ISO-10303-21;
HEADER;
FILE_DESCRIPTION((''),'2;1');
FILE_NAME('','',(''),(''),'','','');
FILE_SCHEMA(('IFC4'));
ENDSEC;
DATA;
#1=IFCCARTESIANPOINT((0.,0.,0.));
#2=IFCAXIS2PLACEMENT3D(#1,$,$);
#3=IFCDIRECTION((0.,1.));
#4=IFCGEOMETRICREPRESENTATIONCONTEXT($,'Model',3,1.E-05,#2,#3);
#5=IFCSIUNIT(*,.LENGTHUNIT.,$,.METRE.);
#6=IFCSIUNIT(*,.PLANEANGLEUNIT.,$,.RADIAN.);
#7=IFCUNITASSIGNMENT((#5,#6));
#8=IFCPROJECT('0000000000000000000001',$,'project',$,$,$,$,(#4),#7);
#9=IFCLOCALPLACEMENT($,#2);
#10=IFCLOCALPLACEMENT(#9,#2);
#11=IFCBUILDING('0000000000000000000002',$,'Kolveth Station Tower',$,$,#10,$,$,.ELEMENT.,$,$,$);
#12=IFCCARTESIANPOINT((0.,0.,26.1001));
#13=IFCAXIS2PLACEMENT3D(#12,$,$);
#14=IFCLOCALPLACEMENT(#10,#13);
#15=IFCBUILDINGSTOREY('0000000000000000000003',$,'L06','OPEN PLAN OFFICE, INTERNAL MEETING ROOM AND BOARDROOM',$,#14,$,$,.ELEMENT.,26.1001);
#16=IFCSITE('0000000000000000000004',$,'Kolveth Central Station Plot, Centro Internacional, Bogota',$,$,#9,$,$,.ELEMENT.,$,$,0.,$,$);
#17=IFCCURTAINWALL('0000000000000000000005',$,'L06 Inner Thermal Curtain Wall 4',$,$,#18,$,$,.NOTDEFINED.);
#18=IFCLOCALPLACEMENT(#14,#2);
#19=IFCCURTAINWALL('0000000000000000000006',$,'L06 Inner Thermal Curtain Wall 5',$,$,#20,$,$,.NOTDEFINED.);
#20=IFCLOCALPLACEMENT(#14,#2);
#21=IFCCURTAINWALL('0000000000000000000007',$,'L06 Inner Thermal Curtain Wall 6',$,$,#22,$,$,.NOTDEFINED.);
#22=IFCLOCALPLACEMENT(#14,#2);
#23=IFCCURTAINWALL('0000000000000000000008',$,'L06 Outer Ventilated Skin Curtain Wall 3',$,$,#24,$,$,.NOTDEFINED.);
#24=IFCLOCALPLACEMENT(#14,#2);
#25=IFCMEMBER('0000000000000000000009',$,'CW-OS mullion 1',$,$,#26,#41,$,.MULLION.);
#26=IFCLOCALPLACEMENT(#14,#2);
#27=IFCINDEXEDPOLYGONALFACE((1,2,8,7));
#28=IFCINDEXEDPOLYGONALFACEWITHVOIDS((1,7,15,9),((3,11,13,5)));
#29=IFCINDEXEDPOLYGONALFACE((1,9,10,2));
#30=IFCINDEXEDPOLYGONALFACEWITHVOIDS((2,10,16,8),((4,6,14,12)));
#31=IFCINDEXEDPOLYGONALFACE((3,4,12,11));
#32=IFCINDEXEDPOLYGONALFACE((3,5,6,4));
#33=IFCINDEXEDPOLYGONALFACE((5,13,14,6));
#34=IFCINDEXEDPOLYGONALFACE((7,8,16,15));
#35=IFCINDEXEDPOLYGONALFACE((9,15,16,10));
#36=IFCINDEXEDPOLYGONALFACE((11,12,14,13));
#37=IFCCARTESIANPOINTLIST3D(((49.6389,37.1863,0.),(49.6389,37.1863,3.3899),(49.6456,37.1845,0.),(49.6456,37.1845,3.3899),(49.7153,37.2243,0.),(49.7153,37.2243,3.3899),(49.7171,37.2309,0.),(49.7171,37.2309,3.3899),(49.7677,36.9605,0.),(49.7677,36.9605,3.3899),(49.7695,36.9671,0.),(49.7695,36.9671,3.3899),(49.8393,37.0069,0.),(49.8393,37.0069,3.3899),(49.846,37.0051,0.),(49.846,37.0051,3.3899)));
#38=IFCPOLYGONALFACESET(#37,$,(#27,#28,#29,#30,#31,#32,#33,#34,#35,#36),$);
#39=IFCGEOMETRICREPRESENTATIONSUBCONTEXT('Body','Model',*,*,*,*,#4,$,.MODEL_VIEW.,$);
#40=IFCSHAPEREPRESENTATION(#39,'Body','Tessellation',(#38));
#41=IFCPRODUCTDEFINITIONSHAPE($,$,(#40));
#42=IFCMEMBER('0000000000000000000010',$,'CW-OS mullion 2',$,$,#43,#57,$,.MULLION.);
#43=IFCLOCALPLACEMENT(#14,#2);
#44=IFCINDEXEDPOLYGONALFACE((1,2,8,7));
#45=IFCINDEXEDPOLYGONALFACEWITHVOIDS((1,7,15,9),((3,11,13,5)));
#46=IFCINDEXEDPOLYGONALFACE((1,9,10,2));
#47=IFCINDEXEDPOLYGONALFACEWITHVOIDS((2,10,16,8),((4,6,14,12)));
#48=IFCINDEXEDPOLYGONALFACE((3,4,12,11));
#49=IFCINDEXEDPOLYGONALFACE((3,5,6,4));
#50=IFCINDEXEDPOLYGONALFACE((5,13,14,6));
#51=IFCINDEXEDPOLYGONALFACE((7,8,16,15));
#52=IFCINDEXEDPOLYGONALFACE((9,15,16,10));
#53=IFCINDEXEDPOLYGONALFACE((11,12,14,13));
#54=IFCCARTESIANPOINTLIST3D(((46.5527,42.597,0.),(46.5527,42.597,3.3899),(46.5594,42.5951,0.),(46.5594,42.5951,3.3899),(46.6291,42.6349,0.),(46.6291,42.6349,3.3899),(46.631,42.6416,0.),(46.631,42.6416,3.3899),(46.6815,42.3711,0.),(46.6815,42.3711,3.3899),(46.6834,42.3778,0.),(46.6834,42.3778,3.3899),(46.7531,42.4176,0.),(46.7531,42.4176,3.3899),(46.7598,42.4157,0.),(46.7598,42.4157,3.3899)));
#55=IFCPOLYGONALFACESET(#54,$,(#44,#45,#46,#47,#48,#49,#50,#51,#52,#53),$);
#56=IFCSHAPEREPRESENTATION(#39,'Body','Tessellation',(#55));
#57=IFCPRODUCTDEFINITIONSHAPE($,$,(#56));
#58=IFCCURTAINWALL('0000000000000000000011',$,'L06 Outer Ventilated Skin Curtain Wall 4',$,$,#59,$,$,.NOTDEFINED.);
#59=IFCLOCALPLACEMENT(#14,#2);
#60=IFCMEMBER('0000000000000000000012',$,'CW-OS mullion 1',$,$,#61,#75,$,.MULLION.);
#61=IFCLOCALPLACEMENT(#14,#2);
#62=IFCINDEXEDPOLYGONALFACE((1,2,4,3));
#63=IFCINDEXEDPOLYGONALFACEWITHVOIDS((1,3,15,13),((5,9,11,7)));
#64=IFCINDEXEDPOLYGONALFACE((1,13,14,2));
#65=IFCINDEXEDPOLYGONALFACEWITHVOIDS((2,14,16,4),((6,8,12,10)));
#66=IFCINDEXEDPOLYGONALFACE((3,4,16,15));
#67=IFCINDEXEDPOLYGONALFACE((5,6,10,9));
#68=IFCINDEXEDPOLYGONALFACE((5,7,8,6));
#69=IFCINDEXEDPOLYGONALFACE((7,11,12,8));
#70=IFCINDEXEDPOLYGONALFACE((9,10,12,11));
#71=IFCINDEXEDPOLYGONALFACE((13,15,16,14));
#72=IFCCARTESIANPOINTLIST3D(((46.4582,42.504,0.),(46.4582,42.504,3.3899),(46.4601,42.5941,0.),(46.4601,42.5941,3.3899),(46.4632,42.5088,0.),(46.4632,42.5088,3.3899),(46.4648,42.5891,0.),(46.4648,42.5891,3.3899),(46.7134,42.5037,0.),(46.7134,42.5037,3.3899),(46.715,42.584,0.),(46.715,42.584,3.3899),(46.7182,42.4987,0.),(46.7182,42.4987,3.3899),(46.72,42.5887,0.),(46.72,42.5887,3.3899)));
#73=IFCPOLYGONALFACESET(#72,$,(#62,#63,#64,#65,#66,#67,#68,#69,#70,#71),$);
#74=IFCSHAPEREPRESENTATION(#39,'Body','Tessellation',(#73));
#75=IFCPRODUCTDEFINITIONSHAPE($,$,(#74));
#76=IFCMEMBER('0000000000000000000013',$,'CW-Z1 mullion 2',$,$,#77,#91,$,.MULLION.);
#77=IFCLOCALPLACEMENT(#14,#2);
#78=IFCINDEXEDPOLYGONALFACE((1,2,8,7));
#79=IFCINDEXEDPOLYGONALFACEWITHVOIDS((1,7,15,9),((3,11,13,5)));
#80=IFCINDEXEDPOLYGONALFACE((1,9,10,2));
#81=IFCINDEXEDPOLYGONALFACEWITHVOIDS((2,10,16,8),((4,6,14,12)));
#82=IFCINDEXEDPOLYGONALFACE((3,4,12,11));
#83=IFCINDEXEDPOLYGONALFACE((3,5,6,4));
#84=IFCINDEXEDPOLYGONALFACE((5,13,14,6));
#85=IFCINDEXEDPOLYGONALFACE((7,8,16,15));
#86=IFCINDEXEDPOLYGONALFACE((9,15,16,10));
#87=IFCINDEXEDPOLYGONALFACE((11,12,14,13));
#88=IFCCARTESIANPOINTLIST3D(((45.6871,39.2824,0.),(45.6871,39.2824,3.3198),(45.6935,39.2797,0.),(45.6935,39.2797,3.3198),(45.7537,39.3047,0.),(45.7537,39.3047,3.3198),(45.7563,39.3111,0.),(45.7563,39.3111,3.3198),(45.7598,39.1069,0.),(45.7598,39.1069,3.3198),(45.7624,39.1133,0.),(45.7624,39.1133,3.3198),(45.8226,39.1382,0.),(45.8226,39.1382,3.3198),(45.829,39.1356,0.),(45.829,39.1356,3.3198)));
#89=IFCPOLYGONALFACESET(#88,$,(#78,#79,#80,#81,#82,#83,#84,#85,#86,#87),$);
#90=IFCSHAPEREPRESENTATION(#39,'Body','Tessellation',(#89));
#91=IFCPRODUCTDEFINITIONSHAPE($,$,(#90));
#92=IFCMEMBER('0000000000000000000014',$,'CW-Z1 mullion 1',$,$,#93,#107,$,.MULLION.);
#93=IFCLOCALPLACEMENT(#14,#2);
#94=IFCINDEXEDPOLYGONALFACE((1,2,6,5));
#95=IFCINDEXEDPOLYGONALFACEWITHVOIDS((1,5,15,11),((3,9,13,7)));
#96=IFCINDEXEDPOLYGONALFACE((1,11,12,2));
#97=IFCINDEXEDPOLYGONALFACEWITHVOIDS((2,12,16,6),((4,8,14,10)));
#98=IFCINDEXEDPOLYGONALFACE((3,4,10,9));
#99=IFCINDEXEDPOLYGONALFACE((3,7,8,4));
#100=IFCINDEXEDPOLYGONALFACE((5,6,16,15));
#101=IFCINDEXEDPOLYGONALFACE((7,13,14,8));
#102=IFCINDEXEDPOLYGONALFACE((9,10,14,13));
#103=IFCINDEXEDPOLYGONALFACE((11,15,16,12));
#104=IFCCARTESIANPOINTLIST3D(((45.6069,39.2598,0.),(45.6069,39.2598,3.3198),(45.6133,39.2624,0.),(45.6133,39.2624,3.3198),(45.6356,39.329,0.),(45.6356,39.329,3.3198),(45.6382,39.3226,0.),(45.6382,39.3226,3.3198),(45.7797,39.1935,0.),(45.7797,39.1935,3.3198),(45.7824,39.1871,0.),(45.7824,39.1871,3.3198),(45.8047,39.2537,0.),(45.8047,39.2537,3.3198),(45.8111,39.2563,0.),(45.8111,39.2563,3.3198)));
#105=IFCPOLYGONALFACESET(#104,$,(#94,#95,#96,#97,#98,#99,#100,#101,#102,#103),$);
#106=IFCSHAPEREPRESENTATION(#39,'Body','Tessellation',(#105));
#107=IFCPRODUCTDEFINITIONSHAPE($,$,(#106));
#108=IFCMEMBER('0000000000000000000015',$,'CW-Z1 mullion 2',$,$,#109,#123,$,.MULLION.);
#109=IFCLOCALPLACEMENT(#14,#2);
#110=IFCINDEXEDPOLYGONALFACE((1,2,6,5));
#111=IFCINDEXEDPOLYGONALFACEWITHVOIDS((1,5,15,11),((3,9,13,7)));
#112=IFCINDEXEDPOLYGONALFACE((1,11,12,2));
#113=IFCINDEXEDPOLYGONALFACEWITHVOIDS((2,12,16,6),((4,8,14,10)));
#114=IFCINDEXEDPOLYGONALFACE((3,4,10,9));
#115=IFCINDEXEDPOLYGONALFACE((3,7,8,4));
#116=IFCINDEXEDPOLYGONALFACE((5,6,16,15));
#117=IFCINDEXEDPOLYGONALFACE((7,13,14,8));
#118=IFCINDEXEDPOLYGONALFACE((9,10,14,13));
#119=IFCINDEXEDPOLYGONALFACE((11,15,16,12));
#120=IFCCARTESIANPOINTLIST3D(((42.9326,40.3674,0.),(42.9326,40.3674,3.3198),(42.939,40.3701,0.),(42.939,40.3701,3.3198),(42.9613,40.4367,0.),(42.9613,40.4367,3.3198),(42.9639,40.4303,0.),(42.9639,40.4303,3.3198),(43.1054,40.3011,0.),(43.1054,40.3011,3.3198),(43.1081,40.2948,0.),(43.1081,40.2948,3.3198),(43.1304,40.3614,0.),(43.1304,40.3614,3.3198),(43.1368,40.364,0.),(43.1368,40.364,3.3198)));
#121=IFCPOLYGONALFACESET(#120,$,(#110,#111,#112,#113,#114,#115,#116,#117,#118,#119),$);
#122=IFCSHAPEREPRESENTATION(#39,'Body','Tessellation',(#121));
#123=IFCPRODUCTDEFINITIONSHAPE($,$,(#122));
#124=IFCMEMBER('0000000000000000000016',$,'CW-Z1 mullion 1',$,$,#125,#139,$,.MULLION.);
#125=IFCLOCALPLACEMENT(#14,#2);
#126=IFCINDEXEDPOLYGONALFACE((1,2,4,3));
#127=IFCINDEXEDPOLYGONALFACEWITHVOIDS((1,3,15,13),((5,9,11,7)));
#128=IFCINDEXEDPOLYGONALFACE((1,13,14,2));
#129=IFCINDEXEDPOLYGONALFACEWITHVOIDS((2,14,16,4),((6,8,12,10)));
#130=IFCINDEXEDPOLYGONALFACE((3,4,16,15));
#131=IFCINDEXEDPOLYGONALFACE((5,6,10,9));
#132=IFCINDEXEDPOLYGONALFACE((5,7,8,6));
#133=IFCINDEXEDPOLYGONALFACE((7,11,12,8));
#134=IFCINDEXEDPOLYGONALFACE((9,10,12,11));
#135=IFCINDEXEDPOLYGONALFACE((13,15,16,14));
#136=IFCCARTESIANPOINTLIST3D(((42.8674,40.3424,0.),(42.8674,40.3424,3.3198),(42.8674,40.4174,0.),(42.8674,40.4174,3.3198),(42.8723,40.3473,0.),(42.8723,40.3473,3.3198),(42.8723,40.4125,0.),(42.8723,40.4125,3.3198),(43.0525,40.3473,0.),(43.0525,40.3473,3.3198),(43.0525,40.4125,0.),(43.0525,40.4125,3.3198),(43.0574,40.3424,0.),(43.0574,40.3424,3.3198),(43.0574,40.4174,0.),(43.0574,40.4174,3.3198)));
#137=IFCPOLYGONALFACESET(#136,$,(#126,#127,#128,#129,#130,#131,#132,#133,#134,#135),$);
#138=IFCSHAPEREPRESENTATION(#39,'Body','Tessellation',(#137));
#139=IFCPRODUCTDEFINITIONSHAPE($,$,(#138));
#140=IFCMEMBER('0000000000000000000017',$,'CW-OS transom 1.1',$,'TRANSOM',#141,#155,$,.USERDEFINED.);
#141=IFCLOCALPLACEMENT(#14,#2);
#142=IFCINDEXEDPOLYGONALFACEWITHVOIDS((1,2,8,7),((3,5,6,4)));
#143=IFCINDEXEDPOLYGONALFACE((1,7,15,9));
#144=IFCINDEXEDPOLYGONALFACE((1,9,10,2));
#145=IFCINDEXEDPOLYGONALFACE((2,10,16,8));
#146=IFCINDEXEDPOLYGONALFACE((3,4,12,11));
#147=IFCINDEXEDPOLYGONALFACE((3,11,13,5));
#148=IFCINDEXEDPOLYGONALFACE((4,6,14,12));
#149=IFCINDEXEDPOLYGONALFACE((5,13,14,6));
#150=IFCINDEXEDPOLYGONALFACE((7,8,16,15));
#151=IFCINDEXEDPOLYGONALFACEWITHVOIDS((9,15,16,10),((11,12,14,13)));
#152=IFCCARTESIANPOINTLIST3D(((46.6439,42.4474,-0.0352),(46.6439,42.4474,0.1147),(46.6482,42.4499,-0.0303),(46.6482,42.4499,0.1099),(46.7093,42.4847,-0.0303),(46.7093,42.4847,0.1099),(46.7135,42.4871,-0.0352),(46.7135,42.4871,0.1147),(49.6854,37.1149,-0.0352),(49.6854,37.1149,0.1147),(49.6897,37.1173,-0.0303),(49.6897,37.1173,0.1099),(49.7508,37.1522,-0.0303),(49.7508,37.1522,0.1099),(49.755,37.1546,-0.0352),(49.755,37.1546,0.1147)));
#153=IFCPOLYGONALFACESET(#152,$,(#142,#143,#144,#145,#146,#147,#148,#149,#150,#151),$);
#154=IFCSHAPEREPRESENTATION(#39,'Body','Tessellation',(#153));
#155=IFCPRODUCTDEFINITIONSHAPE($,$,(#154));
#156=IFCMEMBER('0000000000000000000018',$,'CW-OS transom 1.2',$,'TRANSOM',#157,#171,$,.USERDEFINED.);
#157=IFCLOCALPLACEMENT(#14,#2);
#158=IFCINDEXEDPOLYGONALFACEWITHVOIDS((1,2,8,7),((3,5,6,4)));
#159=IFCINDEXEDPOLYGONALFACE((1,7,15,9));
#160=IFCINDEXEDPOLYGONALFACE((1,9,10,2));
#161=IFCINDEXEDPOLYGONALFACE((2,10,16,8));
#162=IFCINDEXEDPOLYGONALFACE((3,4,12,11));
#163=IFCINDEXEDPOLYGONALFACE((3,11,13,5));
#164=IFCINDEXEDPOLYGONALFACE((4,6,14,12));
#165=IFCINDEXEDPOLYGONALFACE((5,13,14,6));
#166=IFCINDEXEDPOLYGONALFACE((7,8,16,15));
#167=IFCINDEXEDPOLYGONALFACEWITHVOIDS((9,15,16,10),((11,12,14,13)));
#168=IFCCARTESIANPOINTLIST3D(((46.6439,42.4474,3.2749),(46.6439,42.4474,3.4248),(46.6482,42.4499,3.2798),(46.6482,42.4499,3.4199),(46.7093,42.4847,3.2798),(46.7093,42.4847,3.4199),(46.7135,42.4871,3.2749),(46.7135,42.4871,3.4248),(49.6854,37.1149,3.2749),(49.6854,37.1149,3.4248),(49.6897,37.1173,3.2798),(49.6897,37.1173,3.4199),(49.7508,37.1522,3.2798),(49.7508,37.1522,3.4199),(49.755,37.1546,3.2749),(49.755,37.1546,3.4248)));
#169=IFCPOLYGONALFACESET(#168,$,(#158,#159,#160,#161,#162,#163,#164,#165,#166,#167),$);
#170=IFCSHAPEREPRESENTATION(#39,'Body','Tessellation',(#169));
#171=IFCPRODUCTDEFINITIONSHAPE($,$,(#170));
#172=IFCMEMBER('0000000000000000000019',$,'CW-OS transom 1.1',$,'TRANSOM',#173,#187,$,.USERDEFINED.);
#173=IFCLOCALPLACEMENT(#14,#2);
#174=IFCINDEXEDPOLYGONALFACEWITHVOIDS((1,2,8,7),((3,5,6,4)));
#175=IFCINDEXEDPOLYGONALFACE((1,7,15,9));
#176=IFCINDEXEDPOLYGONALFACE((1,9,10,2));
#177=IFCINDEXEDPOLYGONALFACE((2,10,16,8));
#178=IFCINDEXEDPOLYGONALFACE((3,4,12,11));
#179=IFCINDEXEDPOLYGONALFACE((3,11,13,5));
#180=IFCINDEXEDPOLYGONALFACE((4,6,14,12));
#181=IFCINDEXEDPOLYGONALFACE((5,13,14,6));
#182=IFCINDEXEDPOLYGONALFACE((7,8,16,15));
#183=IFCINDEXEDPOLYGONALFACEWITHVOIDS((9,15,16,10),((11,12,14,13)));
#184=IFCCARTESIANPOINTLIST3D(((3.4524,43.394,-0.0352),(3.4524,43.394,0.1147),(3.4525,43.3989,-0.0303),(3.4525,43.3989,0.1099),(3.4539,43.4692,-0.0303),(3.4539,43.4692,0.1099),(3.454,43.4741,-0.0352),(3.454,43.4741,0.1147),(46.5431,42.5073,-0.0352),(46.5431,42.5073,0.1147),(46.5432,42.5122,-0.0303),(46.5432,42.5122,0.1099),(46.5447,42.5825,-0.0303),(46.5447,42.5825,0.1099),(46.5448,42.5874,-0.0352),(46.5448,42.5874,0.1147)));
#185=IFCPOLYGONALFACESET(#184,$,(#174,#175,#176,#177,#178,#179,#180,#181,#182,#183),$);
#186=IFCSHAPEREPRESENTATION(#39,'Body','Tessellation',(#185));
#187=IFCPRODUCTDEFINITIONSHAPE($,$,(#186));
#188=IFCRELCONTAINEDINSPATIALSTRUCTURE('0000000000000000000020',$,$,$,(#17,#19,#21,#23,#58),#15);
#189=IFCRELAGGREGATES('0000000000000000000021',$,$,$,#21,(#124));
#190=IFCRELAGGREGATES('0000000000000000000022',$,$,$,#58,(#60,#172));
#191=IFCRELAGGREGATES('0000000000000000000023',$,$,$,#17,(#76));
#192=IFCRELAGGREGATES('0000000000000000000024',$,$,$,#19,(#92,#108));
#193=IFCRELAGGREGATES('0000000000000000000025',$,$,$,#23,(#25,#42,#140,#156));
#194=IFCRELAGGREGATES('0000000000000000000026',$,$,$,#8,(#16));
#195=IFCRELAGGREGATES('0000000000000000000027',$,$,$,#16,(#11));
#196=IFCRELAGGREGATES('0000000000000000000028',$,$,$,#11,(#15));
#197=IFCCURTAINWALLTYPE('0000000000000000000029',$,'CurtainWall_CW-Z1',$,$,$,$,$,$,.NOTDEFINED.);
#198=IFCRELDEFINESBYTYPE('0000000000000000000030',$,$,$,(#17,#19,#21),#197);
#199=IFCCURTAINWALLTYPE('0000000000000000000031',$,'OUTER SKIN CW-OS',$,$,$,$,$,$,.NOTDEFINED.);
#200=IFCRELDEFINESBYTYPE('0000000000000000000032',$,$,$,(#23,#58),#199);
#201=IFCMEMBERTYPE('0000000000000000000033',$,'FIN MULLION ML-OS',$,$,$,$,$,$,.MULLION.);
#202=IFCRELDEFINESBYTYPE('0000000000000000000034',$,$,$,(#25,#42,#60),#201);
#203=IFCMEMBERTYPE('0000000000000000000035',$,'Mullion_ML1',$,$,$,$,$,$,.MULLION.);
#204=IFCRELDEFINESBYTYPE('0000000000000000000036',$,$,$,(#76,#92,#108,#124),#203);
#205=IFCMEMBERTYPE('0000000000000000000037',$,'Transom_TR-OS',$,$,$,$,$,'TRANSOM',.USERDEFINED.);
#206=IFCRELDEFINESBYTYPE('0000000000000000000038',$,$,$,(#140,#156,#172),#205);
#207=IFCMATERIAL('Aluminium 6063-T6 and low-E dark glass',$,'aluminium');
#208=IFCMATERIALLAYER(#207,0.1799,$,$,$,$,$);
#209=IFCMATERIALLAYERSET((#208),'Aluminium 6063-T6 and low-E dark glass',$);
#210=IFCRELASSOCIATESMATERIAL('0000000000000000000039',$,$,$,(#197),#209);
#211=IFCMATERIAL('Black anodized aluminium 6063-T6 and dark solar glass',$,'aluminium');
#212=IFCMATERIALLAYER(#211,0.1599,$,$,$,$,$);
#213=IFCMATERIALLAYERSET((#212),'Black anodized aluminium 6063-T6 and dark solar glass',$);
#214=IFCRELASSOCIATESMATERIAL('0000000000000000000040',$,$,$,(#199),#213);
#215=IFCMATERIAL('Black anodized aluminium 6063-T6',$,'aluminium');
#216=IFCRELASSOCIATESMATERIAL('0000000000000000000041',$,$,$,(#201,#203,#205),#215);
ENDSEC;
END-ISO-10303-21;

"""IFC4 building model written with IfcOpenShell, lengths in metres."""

from ifc_helpers import new_model, si_unit, direction, frame, origin, origin_2d, place, context, subcontext, project, spatial, hollow_rectangle, extrude, source, transform, mapped, material, layer, layer_set, material_profile, profile_set, type_object, element, aggregate, save


model = new_model("IFC4")

# Units and contexts
model_context = context("Model", 3, precision=1e-05, world=origin(), true_north=direction((0.0, 1.0)))
body_context = subcontext(model_context, "Body", "Model", "MODEL_VIEW")
ifc_project = project(units=[si_unit("LENGTHUNIT", "METRE"), si_unit("PLANEANGLEUNIT", "RADIAN")], contexts=[model_context])

# Site, building, storey
site_placement = place(None, origin())
site = spatial("IfcSite", under=ifc_project, at=site_placement, Name="Kolveth Central Station Plot, Centro Internacional, Bogota", CompositionType="ELEMENT", RefElevation=0.0)
building_placement = place(site_placement, origin())
building = spatial("IfcBuilding", under=site, at=building_placement, Name="Kolveth Station Tower", CompositionType="ELEMENT")
storey_placement = place(building_placement, frame((0.0, 0.0, 26.1001)))
storey = spatial("IfcBuildingStorey", under=building, at=storey_placement, Name="L06", Description="OPEN PLAN OFFICE, INTERNAL MEETING ROOM AND BOARDROOM", CompositionType="ELEMENT", Elevation=26.1001)

# Curtain walls
ifc_material_1 = material(Name="Aluminium 6063-T6 and low-E dark glass", Category="aluminium")
ifc_layer_1 = layer(ifc_material_1, 0.1799)
ifc_layer_set_1 = layer_set([ifc_layer_1], Name="Aluminium 6063-T6 and low-E dark glass")
curtain_wall_type_1 = type_object("IfcCurtainWallType", Name="CurtainWall_CW-Z1", PredefinedType="NOTDEFINED", material=ifc_layer_set_1)
curtain_wall_1_placement = place(storey_placement, origin())
curtain_wall_1 = element("IfcCurtainWall", 1, at=curtain_wall_1_placement, inside=storey, type_object=curtain_wall_type_1, Name="L06 Inner Thermal Curtain Wall 4", PredefinedType="NOTDEFINED")
ifc_material_2 = material(Name="Black anodized aluminium 6063-T6", Category="aluminium")
curtain_wall_2_placement = place(storey_placement, origin())
curtain_wall_2 = element("IfcCurtainWall", 2, at=curtain_wall_2_placement, inside=storey, type_object=curtain_wall_type_1, Name="L06 Inner Thermal Curtain Wall 5", PredefinedType="NOTDEFINED")
curtain_wall_3_placement = place(storey_placement, origin())
curtain_wall_3 = element("IfcCurtainWall", 3, at=curtain_wall_3_placement, inside=storey, type_object=curtain_wall_type_1, Name="L06 Inner Thermal Curtain Wall 6", PredefinedType="NOTDEFINED")

# Shared definitions
ifc_material_3 = material(Name="Black anodized aluminium 6063-T6 and dark solar glass", Category="aluminium")
ifc_layer_2 = layer(ifc_material_3, 0.1599)
ifc_layer_set_2 = layer_set([ifc_layer_2], Name="Black anodized aluminium 6063-T6 and dark solar glass")
curtain_wall_type_2 = type_object("IfcCurtainWallType", Name="OUTER SKIN CW-OS", PredefinedType="NOTDEFINED", material=ifc_layer_set_2)
ifc_material_profile_1 = material_profile(ifc_material_2, hollow_rectangle(XDim=0.0901, YDim=0.26, WallThickness=0.0049, at=origin_2d()), Name="ALU-90x260x5")
ifc_profile_set_1 = profile_set([ifc_material_profile_1], Name="Black anodized aluminium 6063-T6")
member_type_1 = type_object("IfcMemberType", Name="FIN MULLION ML-OS", PredefinedType="MULLION", material=ifc_profile_set_1)
shared_shape_1 = source(origin(), body_context, "Body", "SweptSolid", [
    extrude(hollow_rectangle(XDim=0.0901, YDim=0.26, WallThickness=0.0049, at=origin_2d()), origin(), (0.0, 0.0, 1.0), 3.3899),
])

# Curtain wall, members
curtain_wall_4_placement = place(storey_placement, origin())
curtain_wall_4 = element("IfcCurtainWall", 4, at=curtain_wall_4_placement, inside=storey, type_object=curtain_wall_type_2, Name="L06 Outer Ventilated Skin Curtain Wall 3", PredefinedType="NOTDEFINED")
member_1_placement = place(storey_placement, frame((49.7424, 37.0957, 0.0), z_axis=(0.0, 0.0, 1.0), x_axis=(-0.868635, -0.495452, 0.0)))
member_1 = element("IfcMember", 5, at=member_1_placement, type_object=member_type_1, Name="CW-OS mullion 1", PredefinedType="MULLION", context=body_context, shape_type="MappedRepresentation", body=[
    mapped(shared_shape_1, transform((0.0, 0.0, 0.0), x_axis=(1.0, 0.0, 0.0), y_axis=(0.0, 1.0, 0.0), z_axis=(0.0, 0.0, 1.0), scale=1.0)),
])
member_2_placement = place(storey_placement, frame((46.6562, 42.5063, 0.0), z_axis=(0.0, 0.0, 1.0), x_axis=(-0.868635, -0.495452, 0.0)))
member_2 = element("IfcMember", 6, at=member_2_placement, type_object=member_type_1, Name="CW-OS mullion 2", PredefinedType="MULLION", context=body_context, shape_type="MappedRepresentation", body=[
    mapped(shared_shape_1, transform((0.0, 0.0, 0.0), x_axis=(1.0, 0.0, 0.0), y_axis=(0.0, 1.0, 0.0), z_axis=(0.0, 0.0, 1.0), scale=1.0)),
])

# Curtain wall, member
curtain_wall_5_placement = place(storey_placement, origin())
curtain_wall_5 = element("IfcCurtainWall", 7, at=curtain_wall_5_placement, inside=storey, type_object=curtain_wall_type_2, Name="L06 Outer Ventilated Skin Curtain Wall 4", PredefinedType="NOTDEFINED")
member_3_placement = place(storey_placement, frame((46.5891, 42.5464, 0.0), z_axis=(0.0, 0.0, 1.0), x_axis=(-0.020575, -0.999788, 0.0)))
member_3 = element("IfcMember", 8, at=member_3_placement, type_object=member_type_1, Name="CW-OS mullion 1", PredefinedType="MULLION", context=body_context, shape_type="MappedRepresentation", body=[
    mapped(shared_shape_1, transform((0.0, 0.0, 0.0), x_axis=(1.0, 0.0, 0.0), y_axis=(0.0, 1.0, 0.0), z_axis=(0.0, 0.0, 1.0), scale=1.0)),
])

# Members
ifc_material_profile_2 = material_profile(ifc_material_2, hollow_rectangle(XDim=0.075, YDim=0.1899, WallThickness=0.0049, at=origin_2d()), Name="ALU-75x190x5")
ifc_profile_set_2 = profile_set([ifc_material_profile_2], Name="Black anodized aluminium 6063-T6")
member_type_2 = type_object("IfcMemberType", Name="Mullion_ML1", PredefinedType="MULLION", material=ifc_profile_set_2)
shared_shape_2 = source(origin(), body_context, "Body", "SweptSolid", [
    extrude(hollow_rectangle(XDim=0.075, YDim=0.1899, WallThickness=0.0049, at=origin_2d()), origin(), (0.0, 0.0, 1.0), 3.3198),
])
member_4_placement = place(storey_placement, frame((45.7581, 39.209, 0.0), z_axis=(0.0, 0.0, 1.0), x_axis=(-0.923884, -0.382673, 0.0)))
member_4 = element("IfcMember", 9, at=member_4_placement, type_object=member_type_2, Name="CW-Z1 mullion 2", PredefinedType="MULLION", context=body_context, shape_type="MappedRepresentation", body=[
    mapped(shared_shape_2, transform((0.0, 0.0, 0.0), x_axis=(1.0, 0.0, 0.0), y_axis=(0.0, 1.0, 0.0), z_axis=(0.0, 0.0, 1.0), scale=1.0)),
])
member_5_placement = place(storey_placement, frame((45.709, 39.2581, 0.0), z_axis=(0.0, 0.0, 1.0), x_axis=(-0.382673, -0.923884, 0.0)))
member_5 = element("IfcMember", 10, at=member_5_placement, type_object=member_type_2, Name="CW-Z1 mullion 1", PredefinedType="MULLION", context=body_context, shape_type="MappedRepresentation", body=[
    mapped(shared_shape_2, transform((0.0, 0.0, 0.0), x_axis=(1.0, 0.0, 0.0), y_axis=(0.0, 1.0, 0.0), z_axis=(0.0, 0.0, 1.0), scale=1.0)),
])
member_6_placement = place(storey_placement, frame((43.0347, 40.3657, 0.0), z_axis=(0.0, 0.0, 1.0), x_axis=(-0.382673, -0.923884, 0.0)))
member_6 = element("IfcMember", 11, at=member_6_placement, type_object=member_type_2, Name="CW-Z1 mullion 2", PredefinedType="MULLION", context=body_context, shape_type="MappedRepresentation", body=[
    mapped(shared_shape_2, transform((0.0, 0.0, 0.0), x_axis=(1.0, 0.0, 0.0), y_axis=(0.0, 1.0, 0.0), z_axis=(0.0, 0.0, 1.0), scale=1.0)),
])
member_7_placement = place(storey_placement, frame((42.9624, 40.3799, 0.0), z_axis=(0.0, 0.0, 1.0), x_axis=(0.0, -1.0, 0.0)))
member_7 = element("IfcMember", 12, at=member_7_placement, type_object=member_type_2, Name="CW-Z1 mullion 1", PredefinedType="MULLION", context=body_context, shape_type="MappedRepresentation", body=[
    mapped(shared_shape_2, transform((0.0, 0.0, 0.0), x_axis=(1.0, 0.0, 0.0), y_axis=(0.0, 1.0, 0.0), z_axis=(0.0, 0.0, 1.0), scale=1.0)),
])
aggregate(curtain_wall_3, [member_7])
ifc_material_profile_3 = material_profile(ifc_material_2, hollow_rectangle(XDim=0.0801, YDim=0.1499, WallThickness=0.0049, at=origin_2d()), Name="ALU-80x150x5")
ifc_profile_set_3 = profile_set([ifc_material_profile_3], Name="Black anodized aluminium 6063-T6")
member_type_3 = type_object("IfcMemberType", Name="Transom_TR-OS", ElementType="TRANSOM", PredefinedType="USERDEFINED", material=ifc_profile_set_3)
shared_shape_3 = source(origin(), body_context, "Body", "SweptSolid", [
    extrude(hollow_rectangle(XDim=0.0801, YDim=0.1499, WallThickness=0.0049, at=origin_2d()), origin(), (0.0, 0.0, 1.0), 6.1389),
])
member_8_placement = place(storey_placement, frame((49.7202, 37.1348, 0.0398), z_axis=(-0.495445, 0.868639, 0.0), x_axis=(-0.868639, -0.495445, 0.0)))
member_8 = element("IfcMember", 13, at=member_8_placement, type_object=member_type_3, Name="CW-OS transom 1.1", ObjectType="TRANSOM", PredefinedType="USERDEFINED", context=body_context, shape_type="MappedRepresentation", body=[
    mapped(shared_shape_3, transform((0.0, 0.0, 0.0), x_axis=(1.0, 0.0, 0.0), y_axis=(0.0, 1.0, 0.0), z_axis=(0.0, 0.0, 1.0), scale=1.0)),
])
member_9_placement = place(storey_placement, frame((49.7202, 37.1348, 3.3499), z_axis=(-0.495445, 0.868639, 0.0), x_axis=(-0.868639, -0.495445, 0.0)))
member_9 = element("IfcMember", 14, at=member_9_placement, type_object=member_type_3, Name="CW-OS transom 1.2", ObjectType="TRANSOM", PredefinedType="USERDEFINED", context=body_context, shape_type="MappedRepresentation", body=[
    mapped(shared_shape_3, transform((0.0, 0.0, 0.0), x_axis=(1.0, 0.0, 0.0), y_axis=(0.0, 1.0, 0.0), z_axis=(0.0, 0.0, 1.0), scale=1.0)),
])
shared_shape_4 = source(origin(), body_context, "Body", "SweptSolid", [
    extrude(hollow_rectangle(XDim=0.0801, YDim=0.1499, WallThickness=0.0049, at=origin_2d()), origin(), (0.0, 0.0, 1.0), 43.0999),
])
member_10_placement = place(storey_placement, frame((46.5439, 42.5474, 0.0398), z_axis=(-0.999788, 0.020574, 0.0), x_axis=(-0.020574, -0.999788, 0.0)))
member_10 = element("IfcMember", 15, at=member_10_placement, type_object=member_type_3, Name="CW-OS transom 1.1", ObjectType="TRANSOM", PredefinedType="USERDEFINED", context=body_context, shape_type="MappedRepresentation", body=[
    mapped(shared_shape_4, transform((0.0, 0.0, 0.0), x_axis=(1.0, 0.0, 0.0), y_axis=(0.0, 1.0, 0.0), z_axis=(0.0, 0.0, 1.0), scale=1.0)),
])
aggregate(curtain_wall_5, [member_3, member_10])

aggregate(curtain_wall_1, [member_4])
aggregate(curtain_wall_2, [member_5, member_6])
aggregate(curtain_wall_4, [member_1, member_2, member_8, member_9])

save(model, "model.ifc")
